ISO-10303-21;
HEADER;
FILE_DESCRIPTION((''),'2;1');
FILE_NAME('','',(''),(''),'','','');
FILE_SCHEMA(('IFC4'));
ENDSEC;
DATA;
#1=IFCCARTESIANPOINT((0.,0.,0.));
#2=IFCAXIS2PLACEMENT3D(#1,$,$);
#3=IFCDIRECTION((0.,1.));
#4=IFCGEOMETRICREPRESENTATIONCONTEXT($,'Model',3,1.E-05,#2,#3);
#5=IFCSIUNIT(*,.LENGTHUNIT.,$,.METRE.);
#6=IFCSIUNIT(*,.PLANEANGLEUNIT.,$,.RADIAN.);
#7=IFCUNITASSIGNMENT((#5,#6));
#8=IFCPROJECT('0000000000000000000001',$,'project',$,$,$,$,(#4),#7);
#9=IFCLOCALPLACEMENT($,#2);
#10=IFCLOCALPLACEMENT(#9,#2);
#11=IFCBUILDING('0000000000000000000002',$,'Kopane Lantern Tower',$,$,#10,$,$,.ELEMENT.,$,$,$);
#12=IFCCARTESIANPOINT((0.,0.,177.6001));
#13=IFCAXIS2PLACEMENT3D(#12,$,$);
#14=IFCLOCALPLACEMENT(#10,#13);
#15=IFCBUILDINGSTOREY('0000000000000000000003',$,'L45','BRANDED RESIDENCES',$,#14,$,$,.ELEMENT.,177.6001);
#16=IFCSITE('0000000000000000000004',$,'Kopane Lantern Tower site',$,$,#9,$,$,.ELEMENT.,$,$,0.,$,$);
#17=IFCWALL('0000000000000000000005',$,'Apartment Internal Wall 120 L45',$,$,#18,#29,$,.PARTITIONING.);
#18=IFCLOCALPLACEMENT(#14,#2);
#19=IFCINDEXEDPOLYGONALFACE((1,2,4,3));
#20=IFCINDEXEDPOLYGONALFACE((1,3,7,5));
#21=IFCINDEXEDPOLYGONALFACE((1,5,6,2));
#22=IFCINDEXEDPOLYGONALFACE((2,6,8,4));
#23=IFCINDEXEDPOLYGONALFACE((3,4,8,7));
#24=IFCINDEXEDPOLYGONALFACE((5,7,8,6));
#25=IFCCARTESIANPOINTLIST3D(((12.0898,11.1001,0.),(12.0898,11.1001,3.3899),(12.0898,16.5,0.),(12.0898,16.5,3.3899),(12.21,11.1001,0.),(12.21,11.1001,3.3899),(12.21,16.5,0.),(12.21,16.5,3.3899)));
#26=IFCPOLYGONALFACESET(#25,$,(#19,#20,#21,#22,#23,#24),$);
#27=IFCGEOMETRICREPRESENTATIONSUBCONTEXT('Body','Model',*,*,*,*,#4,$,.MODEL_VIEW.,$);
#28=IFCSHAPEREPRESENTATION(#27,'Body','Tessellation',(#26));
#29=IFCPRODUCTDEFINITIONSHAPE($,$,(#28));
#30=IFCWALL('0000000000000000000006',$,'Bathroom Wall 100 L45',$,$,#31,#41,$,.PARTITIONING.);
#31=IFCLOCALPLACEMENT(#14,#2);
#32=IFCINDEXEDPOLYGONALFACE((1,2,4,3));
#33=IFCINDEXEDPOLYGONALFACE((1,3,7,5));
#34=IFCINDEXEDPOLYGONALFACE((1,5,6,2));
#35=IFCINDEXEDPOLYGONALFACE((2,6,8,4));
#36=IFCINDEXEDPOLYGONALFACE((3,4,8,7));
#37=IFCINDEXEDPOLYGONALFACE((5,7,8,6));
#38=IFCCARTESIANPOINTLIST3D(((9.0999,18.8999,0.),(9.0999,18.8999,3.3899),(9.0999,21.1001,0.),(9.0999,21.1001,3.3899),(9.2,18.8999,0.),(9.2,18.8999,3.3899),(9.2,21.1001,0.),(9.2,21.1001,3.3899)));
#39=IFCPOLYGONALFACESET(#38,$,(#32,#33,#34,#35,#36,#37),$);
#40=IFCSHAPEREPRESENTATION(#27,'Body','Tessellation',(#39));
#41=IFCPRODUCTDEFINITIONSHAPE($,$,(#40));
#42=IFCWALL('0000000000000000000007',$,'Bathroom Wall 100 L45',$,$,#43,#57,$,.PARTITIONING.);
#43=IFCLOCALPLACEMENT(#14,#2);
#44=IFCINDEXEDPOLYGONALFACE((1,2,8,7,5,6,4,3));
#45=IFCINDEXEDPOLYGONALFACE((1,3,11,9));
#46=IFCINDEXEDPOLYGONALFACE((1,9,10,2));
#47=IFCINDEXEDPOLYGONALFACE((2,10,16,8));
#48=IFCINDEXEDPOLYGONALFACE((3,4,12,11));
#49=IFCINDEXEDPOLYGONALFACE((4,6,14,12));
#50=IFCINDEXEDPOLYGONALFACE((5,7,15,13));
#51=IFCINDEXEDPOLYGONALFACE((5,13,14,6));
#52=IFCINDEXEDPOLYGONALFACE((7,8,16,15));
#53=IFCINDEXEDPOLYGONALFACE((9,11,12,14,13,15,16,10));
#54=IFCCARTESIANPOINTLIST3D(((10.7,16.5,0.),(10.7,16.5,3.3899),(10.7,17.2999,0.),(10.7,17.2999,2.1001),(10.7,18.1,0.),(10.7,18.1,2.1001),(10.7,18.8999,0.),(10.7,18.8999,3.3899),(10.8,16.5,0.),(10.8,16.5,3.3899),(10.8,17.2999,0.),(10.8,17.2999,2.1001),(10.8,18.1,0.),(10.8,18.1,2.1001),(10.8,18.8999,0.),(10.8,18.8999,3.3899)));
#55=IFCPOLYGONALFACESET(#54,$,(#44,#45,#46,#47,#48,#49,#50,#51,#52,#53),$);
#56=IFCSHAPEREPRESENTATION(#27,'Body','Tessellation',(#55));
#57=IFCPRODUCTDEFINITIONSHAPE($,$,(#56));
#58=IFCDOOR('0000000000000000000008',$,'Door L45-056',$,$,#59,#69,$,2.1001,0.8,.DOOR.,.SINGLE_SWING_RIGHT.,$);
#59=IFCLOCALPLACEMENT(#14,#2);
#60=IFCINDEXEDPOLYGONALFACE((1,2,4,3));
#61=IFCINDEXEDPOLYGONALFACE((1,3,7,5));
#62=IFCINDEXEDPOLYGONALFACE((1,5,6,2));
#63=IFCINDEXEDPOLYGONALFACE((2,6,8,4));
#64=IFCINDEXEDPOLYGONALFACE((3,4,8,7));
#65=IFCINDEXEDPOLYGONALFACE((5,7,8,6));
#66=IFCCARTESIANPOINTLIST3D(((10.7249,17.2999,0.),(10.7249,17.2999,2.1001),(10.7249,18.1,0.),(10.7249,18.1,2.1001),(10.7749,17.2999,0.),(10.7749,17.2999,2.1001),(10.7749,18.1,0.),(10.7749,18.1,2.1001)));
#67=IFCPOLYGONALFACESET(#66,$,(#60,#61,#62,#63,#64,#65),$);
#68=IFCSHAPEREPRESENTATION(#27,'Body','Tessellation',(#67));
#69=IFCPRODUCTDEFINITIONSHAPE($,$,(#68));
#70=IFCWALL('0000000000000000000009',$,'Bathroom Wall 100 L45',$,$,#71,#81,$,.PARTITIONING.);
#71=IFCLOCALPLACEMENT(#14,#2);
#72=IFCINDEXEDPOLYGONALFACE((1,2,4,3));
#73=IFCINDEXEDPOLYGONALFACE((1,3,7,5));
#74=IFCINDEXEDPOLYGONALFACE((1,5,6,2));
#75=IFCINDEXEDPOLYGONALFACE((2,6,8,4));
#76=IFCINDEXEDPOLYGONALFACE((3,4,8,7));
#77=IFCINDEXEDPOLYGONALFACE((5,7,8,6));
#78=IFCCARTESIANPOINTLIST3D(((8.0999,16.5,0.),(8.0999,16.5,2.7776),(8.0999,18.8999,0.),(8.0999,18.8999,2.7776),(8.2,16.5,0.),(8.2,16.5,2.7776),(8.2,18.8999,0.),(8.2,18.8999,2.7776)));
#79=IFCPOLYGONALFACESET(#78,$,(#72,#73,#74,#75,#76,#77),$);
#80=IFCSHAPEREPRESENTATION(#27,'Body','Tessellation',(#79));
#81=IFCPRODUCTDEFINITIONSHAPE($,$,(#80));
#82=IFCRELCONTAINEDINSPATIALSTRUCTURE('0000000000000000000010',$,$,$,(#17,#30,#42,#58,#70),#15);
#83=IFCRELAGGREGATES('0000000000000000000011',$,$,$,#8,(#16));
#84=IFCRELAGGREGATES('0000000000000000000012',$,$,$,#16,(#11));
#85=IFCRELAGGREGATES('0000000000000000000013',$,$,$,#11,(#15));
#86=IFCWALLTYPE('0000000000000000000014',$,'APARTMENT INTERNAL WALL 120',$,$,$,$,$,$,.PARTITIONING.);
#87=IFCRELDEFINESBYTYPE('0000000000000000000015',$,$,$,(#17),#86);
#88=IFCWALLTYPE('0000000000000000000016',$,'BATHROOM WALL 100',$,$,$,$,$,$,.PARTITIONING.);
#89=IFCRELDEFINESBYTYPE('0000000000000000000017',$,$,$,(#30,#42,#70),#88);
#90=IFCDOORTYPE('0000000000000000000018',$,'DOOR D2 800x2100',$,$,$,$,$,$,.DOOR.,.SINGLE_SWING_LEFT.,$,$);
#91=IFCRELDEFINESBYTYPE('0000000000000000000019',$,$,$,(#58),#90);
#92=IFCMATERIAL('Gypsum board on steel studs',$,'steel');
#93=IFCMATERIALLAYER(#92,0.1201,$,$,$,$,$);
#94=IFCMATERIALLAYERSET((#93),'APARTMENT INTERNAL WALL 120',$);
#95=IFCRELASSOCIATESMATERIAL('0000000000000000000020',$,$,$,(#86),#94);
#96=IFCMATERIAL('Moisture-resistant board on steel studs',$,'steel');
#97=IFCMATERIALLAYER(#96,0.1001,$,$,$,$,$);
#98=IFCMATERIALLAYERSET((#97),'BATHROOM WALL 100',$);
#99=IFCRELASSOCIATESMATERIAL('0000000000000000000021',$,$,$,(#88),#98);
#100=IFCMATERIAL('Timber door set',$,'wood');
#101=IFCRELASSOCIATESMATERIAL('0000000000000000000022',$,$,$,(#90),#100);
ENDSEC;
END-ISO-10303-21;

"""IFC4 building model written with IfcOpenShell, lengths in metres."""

from ifc_helpers import new_model, si_unit, direction, frame, frame_2d, origin, place, context, subcontext, project, spatial, rectangle, extrude, material, layer, layer_set, type_object, element, fill, save


model = new_model("IFC4")

# Units and contexts
model_context = context("Model", 3, precision=1e-05, world=origin(), true_north=direction((0.0, 1.0)))
body_context = subcontext(model_context, "Body", "Model", "MODEL_VIEW")
ifc_project = project(units=[si_unit("LENGTHUNIT", "METRE"), si_unit("PLANEANGLEUNIT", "RADIAN")], contexts=[model_context])

# Site, building, storey
site_placement = place(None, origin())
site = spatial("IfcSite", under=ifc_project, at=site_placement, Name="Kopane Lantern Tower site", CompositionType="ELEMENT", RefElevation=0.0)
building_placement = place(site_placement, origin())
building = spatial("IfcBuilding", under=site, at=building_placement, Name="Kopane Lantern Tower", CompositionType="ELEMENT")
storey_placement = place(building_placement, frame((0.0, 0.0, 177.6001)))
storey = spatial("IfcBuildingStorey", under=building, at=storey_placement, Name="L45", Description="BRANDED RESIDENCES", CompositionType="ELEMENT", Elevation=177.6001)

# Walls
ifc_material_1 = material(Name="Gypsum board on steel studs", Category="steel")
ifc_layer_1 = layer(ifc_material_1, 0.1201)
ifc_layer_set_1 = layer_set([ifc_layer_1], Name="APARTMENT INTERNAL WALL 120")
wall_type_1 = type_object("IfcWallType", Name="APARTMENT INTERNAL WALL 120", PredefinedType="PARTITIONING", material=ifc_layer_set_1)
wall_1_placement = place(storey_placement, frame((12.1499, 16.5, 0.0), z_axis=(0.0, 0.0, 1.0), x_axis=(0.0, -1.0, 0.0)))
element("IfcWall", 1, at=wall_1_placement, inside=storey, type_object=wall_type_1, Name="Apartment Internal Wall 120 L45", PredefinedType="PARTITIONING", context=body_context, shape_type="SweptSolid", body=[
    extrude(rectangle(XDim=5.3999, YDim=0.1201, at=frame_2d((2.7, 0.0))), origin(), (0.0, 0.0, 1.0), 3.3899),
])
ifc_material_2 = material(Name="Moisture-resistant board on steel studs", Category="steel")
ifc_layer_2 = layer(ifc_material_2, 0.1001)
ifc_layer_set_2 = layer_set([ifc_layer_2], Name="BATHROOM WALL 100")
wall_type_2 = type_object("IfcWallType", Name="BATHROOM WALL 100", PredefinedType="PARTITIONING", material=ifc_layer_set_2)
wall_2_placement = place(storey_placement, frame((9.1499, 18.8999, 0.0), z_axis=(0.0, 0.0, 1.0), x_axis=(0.0, 1.0, 0.0)))
element("IfcWall", 2, at=wall_2_placement, inside=storey, type_object=wall_type_2, Name="Bathroom Wall 100 L45", PredefinedType="PARTITIONING", context=body_context, shape_type="SweptSolid", body=[
    extrude(rectangle(XDim=2.2002, YDim=0.1001, at=frame_2d((1.1001, 0.0))), origin(), (0.0, 0.0, 1.0), 3.3899),
])

# Wall, opening, door
wall_3_placement = place(storey_placement, frame((10.75, 18.8999, 0.0), z_axis=(0.0, 0.0, 1.0), x_axis=(0.0, -1.0, 0.0)))
wall_3 = element("IfcWall", 3, at=wall_3_placement, inside=storey, type_object=wall_type_2, Name="Bathroom Wall 100 L45", PredefinedType="PARTITIONING", context=body_context, shape_type="SweptSolid", body=[
    extrude(rectangle(XDim=2.3999, YDim=0.1001, at=frame_2d((1.2, 0.0))), origin(), (0.0, 0.0, 1.0), 3.3899),
])
opening_1_placement = place(wall_3_placement, frame((0.8, 0.0, 0.0)))
opening_1 = element("IfcOpeningElement", 4, at=opening_1_placement, cuts=wall_3, PredefinedType="OPENING", context=body_context, shape_type="SweptSolid", body=[
    extrude(rectangle(XDim=0.8, YDim=2.1001, at=frame_2d((0.3999, 1.05))), frame((0.0, 0.0601, 0.0), z_axis=(0.0, -1.0, 0.0), x_axis=(1.0, 0.0, 0.0)), (0.0, 0.0, 1.0), 0.1201),
])
ifc_material_3 = material(Name="Timber door set", Category="wood")
door_type_1 = type_object("IfcDoorType", Name="DOOR D2 800x2100", OperationType="SINGLE_SWING_LEFT", PredefinedType="DOOR", material=ifc_material_3)
door_1_placement = place(opening_1_placement, origin())
door_1 = element("IfcDoor", 5, at=door_1_placement, inside=storey, type_object=door_type_1, Name="Door L45-056", OperationType="SINGLE_SWING_RIGHT", OverallHeight=2.1001, OverallWidth=0.8, PredefinedType="DOOR", context=body_context, shape_type="SweptSolid", body=[
    extrude(rectangle(XDim=0.8, YDim=2.1001, at=frame_2d((0.3999, 1.05))), frame((0.0, 0.0249, 0.0), z_axis=(0.0, -1.0, 0.0), x_axis=(1.0, 0.0, 0.0)), (0.0, 0.0, 1.0), 0.05),
])
fill(opening_1, door_1)

# Wall
wall_4_placement = place(storey_placement, frame((8.1499, 18.8999, 0.0), z_axis=(0.0, 0.0, 1.0), x_axis=(0.0, -1.0, 0.0)))
element("IfcWall", 6, at=wall_4_placement, inside=storey, type_object=wall_type_2, Name="Bathroom Wall 100 L45", PredefinedType="PARTITIONING", context=body_context, shape_type="SweptSolid", body=[
    extrude(rectangle(XDim=2.3999, YDim=0.1001, at=frame_2d((1.2, 0.0))), origin(), (0.0, 0.0, 1.0), 2.7776),
])

save(model, "model.ifc")
